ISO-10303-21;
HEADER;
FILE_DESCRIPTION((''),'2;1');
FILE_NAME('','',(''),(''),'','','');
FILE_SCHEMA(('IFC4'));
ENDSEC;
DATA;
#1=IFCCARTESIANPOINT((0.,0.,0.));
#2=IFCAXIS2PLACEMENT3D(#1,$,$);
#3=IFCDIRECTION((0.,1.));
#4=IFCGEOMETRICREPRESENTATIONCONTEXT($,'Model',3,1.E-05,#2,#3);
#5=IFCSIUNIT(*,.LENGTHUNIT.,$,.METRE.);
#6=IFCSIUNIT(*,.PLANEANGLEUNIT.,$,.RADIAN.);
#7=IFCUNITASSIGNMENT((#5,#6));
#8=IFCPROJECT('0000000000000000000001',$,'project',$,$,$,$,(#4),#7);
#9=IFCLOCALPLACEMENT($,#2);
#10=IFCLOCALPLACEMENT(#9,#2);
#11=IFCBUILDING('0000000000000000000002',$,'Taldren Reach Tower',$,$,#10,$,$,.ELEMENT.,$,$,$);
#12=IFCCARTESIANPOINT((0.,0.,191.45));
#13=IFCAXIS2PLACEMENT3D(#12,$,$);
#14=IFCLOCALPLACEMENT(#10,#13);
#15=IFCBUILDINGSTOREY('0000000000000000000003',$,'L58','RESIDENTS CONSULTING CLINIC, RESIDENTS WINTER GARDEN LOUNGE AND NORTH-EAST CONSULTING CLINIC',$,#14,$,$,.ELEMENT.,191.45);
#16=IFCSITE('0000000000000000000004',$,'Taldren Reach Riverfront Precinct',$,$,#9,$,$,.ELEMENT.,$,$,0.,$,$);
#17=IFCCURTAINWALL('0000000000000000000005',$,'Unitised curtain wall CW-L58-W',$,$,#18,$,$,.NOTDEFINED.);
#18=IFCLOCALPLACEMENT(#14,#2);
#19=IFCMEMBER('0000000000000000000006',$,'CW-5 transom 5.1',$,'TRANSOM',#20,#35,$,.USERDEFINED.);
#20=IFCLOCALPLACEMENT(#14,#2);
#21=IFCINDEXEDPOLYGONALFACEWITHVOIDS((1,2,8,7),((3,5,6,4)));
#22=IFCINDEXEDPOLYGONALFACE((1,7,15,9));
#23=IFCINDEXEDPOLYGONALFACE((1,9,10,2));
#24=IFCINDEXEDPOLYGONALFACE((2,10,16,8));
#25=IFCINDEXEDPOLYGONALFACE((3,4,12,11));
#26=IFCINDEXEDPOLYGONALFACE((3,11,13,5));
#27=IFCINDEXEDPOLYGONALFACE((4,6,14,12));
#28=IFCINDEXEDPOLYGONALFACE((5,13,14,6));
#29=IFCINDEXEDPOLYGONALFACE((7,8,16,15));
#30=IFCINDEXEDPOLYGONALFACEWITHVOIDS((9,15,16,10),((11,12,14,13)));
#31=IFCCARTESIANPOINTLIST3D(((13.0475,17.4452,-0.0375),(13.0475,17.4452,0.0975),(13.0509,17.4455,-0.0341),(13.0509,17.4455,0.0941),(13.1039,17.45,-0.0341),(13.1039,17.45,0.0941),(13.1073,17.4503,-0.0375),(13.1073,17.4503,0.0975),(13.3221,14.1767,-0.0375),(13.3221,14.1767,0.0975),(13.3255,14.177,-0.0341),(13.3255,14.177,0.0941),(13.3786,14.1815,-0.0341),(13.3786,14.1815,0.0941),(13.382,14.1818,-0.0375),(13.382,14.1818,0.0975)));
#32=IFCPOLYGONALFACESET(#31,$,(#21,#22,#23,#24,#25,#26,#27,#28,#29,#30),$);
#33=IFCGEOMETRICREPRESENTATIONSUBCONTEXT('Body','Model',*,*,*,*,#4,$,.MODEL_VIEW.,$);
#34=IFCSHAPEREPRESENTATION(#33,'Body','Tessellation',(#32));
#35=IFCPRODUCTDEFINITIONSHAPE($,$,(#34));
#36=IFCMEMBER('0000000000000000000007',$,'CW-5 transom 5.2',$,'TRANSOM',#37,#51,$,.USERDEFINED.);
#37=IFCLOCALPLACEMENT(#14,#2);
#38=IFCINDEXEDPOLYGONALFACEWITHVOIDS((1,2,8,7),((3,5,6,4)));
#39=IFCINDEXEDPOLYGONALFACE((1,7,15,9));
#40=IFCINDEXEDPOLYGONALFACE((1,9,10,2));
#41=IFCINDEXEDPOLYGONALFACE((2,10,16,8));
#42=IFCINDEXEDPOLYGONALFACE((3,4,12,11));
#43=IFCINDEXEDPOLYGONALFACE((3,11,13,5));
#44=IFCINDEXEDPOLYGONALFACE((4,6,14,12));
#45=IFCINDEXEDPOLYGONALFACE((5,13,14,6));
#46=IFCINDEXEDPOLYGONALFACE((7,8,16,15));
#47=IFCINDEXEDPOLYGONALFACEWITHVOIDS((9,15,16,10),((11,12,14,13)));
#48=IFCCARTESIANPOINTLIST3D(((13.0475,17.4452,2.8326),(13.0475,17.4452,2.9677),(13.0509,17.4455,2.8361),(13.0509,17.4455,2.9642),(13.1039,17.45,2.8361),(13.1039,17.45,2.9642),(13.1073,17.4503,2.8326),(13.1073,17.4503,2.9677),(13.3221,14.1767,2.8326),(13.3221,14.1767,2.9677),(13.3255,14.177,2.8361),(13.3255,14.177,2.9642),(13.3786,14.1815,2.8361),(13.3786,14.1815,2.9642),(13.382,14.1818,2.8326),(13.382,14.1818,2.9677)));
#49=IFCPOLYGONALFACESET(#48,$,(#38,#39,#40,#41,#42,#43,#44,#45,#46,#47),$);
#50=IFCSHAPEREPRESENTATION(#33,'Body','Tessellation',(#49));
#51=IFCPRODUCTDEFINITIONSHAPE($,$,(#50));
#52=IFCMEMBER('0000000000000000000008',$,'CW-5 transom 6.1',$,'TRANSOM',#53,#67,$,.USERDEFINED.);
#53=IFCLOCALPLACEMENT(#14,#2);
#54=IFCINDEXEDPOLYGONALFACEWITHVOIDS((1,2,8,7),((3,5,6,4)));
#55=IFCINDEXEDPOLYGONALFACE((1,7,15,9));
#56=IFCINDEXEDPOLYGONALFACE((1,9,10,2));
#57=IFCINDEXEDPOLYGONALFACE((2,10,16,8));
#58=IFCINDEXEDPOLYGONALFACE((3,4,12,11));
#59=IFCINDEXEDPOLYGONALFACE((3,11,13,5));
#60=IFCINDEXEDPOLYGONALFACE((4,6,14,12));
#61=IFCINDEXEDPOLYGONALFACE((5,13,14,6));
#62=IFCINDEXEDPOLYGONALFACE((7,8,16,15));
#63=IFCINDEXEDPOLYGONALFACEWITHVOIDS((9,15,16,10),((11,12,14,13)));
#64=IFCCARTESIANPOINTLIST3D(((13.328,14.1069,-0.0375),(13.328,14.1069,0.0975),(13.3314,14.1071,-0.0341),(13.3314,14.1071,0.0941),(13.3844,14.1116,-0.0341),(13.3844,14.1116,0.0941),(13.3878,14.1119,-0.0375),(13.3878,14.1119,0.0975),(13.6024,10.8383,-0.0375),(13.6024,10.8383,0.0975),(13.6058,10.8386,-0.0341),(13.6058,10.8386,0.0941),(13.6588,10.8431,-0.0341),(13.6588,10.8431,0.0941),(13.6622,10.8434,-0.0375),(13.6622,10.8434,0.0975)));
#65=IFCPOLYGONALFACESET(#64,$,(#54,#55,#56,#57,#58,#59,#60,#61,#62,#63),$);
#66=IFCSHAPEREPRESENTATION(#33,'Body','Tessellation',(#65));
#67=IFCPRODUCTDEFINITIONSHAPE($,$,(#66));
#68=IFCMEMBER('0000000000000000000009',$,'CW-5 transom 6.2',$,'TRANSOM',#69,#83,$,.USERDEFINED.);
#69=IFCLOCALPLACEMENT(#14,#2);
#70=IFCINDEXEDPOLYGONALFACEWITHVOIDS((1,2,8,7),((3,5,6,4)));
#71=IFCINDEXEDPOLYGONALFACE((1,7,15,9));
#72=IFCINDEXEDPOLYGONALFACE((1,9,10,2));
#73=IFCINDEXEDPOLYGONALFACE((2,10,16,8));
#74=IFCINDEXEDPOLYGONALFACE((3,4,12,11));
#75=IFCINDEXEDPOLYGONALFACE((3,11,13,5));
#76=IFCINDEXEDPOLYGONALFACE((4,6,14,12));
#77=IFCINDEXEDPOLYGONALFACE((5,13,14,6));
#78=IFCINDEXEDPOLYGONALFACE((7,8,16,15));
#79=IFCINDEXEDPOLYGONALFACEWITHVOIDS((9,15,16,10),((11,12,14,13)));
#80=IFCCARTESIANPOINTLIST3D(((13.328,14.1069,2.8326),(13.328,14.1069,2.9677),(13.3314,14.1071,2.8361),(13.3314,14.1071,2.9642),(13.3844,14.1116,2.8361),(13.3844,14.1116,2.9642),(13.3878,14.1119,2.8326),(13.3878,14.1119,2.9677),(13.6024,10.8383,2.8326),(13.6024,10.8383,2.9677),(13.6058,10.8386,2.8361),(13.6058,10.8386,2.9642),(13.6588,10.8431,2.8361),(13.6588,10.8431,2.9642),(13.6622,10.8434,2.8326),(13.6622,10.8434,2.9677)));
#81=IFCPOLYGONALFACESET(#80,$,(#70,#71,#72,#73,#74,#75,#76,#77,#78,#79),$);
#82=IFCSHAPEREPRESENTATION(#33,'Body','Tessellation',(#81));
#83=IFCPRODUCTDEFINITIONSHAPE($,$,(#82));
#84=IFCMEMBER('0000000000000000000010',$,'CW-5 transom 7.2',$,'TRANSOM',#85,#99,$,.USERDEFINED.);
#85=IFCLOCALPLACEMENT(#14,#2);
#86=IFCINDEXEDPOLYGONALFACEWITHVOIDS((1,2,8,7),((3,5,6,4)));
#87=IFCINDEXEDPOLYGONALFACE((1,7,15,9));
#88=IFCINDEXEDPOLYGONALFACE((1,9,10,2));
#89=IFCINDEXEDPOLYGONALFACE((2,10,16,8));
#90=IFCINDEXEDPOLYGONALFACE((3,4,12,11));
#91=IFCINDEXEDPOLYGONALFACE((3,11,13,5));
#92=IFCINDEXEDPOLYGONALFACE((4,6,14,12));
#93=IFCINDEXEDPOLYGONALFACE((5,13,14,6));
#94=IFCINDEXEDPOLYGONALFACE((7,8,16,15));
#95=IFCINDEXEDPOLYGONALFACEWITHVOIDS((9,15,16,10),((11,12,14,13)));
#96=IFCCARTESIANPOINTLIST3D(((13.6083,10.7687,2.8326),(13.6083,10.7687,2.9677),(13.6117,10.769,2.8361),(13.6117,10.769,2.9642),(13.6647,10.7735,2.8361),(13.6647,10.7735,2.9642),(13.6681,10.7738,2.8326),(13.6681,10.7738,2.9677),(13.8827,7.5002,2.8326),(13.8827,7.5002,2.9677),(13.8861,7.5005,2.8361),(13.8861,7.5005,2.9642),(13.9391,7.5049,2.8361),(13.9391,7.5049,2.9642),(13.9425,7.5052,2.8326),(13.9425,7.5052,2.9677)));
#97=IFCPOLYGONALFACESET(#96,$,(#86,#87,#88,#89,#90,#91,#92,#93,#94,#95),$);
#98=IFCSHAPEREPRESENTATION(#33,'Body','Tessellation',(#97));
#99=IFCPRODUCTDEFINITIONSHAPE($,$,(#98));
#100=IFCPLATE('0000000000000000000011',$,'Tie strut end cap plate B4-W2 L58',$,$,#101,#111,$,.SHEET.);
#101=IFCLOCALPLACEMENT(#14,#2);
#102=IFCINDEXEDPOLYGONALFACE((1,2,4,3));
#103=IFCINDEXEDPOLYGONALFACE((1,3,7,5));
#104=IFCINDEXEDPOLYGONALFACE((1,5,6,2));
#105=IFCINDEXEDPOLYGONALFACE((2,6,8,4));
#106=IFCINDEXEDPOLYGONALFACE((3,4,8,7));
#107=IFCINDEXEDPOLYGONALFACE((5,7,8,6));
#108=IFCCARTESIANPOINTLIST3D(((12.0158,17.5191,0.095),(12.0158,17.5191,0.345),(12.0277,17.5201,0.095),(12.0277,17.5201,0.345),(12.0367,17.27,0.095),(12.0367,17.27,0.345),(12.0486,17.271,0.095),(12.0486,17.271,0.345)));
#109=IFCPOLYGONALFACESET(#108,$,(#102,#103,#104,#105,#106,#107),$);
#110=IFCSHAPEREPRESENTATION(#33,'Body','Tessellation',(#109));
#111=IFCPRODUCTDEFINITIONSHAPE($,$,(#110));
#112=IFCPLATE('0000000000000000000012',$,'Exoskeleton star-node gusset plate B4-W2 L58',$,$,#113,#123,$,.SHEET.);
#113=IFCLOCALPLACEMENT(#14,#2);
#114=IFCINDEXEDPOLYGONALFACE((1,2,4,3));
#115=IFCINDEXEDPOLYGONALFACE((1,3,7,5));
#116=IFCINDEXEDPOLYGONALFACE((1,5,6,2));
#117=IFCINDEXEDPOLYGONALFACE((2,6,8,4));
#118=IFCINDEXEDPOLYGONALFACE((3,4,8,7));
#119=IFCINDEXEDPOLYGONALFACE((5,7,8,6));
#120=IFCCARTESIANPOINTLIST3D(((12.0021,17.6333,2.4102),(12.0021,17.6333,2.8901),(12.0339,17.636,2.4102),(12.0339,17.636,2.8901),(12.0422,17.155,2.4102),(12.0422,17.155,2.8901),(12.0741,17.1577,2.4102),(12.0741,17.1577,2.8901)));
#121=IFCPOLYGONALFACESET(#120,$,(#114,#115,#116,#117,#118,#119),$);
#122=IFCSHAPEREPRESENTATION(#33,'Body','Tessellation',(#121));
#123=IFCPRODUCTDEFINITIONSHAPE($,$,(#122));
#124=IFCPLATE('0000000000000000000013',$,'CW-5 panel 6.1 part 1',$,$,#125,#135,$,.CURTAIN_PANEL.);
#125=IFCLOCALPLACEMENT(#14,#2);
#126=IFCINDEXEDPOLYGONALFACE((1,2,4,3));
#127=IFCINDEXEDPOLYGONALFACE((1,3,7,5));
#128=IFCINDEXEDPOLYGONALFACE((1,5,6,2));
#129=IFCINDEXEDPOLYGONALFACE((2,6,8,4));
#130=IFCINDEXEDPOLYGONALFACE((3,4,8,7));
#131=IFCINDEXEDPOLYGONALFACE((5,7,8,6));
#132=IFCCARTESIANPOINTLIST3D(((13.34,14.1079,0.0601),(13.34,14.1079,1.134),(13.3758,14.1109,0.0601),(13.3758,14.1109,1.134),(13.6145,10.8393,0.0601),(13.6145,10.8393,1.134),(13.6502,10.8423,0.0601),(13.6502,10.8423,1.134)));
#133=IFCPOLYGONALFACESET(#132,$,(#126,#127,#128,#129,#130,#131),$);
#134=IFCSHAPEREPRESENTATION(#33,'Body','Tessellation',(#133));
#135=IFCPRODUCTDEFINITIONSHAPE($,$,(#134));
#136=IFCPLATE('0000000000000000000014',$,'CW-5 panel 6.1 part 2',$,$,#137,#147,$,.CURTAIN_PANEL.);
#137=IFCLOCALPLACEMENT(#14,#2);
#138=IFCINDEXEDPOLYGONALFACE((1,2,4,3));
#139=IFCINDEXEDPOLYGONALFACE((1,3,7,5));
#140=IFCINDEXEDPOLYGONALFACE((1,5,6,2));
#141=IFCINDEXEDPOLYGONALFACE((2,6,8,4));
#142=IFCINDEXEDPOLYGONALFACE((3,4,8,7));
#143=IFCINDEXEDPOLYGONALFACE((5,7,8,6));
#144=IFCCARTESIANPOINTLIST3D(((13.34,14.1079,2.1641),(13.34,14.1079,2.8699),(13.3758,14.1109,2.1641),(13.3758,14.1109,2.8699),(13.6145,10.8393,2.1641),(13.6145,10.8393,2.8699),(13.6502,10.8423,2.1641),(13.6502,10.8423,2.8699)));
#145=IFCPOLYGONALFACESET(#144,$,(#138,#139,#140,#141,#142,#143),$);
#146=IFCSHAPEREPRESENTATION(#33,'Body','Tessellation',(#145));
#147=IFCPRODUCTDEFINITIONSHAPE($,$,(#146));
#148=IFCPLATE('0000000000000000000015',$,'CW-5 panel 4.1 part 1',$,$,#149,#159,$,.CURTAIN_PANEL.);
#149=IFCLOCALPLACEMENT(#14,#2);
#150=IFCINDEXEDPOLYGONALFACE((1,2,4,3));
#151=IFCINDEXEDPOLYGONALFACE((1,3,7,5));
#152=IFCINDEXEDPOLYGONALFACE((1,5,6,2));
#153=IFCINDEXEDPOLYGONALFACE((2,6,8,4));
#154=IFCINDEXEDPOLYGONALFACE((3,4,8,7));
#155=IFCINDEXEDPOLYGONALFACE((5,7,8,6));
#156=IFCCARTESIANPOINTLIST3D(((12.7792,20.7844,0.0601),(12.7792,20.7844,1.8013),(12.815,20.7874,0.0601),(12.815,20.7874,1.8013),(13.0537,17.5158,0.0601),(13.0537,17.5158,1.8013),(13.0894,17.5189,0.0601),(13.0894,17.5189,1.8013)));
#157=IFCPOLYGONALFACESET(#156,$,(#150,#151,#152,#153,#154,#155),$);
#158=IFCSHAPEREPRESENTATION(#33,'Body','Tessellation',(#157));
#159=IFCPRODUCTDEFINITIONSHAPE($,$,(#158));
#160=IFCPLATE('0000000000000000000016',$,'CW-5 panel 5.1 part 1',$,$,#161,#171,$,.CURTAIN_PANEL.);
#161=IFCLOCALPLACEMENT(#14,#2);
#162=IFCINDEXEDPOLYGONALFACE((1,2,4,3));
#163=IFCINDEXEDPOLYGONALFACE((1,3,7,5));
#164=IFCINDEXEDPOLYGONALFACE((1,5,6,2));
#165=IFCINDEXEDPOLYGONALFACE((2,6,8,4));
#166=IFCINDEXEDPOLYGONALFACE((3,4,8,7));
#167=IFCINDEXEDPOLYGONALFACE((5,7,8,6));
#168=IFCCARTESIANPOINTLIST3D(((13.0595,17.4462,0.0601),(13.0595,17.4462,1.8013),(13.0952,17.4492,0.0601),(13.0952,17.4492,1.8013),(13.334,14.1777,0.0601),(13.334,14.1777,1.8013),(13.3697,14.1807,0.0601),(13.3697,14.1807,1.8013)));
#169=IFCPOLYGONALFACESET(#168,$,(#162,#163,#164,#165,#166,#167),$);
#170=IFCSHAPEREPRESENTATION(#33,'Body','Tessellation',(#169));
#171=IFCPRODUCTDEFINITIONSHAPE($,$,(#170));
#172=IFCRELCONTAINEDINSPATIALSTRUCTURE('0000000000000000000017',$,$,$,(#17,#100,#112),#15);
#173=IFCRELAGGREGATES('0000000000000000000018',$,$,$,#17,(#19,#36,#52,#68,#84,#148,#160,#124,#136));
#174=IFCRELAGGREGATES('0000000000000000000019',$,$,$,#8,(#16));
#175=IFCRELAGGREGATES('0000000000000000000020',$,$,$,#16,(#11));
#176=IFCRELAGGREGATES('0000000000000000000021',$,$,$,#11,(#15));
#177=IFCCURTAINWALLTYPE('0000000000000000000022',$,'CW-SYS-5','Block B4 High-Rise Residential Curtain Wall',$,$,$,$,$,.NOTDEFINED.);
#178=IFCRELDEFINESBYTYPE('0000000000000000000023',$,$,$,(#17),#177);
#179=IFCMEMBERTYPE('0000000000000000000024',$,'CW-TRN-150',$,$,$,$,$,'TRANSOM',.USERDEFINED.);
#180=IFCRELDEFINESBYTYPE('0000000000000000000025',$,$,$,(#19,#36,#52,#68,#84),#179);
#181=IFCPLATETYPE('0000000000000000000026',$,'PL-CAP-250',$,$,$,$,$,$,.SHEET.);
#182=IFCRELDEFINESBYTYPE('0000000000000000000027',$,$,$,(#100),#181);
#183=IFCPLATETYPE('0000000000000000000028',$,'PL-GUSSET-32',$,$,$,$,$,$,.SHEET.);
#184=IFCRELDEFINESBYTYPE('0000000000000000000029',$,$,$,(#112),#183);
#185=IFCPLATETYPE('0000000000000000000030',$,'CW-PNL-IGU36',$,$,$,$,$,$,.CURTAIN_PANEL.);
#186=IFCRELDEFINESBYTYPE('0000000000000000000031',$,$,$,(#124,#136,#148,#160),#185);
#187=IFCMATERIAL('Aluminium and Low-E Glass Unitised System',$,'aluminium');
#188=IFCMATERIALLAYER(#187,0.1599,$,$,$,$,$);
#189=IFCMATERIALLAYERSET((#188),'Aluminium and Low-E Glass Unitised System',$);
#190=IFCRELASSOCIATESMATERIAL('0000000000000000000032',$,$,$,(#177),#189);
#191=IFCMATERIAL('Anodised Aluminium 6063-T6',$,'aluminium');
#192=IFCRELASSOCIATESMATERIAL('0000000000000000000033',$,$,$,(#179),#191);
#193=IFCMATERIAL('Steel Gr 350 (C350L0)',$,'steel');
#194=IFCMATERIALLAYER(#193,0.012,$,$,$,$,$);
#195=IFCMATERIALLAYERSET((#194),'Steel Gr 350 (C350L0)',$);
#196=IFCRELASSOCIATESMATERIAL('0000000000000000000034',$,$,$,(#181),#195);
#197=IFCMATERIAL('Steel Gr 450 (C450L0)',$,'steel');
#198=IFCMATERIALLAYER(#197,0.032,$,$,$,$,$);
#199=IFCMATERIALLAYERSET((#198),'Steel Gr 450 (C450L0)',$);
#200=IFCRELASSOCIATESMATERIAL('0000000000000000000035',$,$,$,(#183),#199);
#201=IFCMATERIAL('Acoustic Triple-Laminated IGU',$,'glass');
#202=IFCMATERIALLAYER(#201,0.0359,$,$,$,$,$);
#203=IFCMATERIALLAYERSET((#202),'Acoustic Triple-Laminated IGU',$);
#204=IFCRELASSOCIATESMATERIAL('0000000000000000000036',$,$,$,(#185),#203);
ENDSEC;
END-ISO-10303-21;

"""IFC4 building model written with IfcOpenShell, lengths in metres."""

from ifc_helpers import new_model, si_unit, direction, frame, origin, origin_2d, place, context, subcontext, project, spatial, rectangle, hollow_rectangle, extrude, source, transform, mapped, material, layer, layer_set, material_profile, profile_set, type_object, element, aggregate, save


model = new_model("IFC4")

# Units and contexts
model_context = context("Model", 3, precision=1e-05, world=origin(), true_north=direction((0.0, 1.0)))
body_context = subcontext(model_context, "Body", "Model", "MODEL_VIEW")
ifc_project = project(units=[si_unit("LENGTHUNIT", "METRE"), si_unit("PLANEANGLEUNIT", "RADIAN")], contexts=[model_context])

# Site, building, storey
site_placement = place(None, origin())
site = spatial("IfcSite", under=ifc_project, at=site_placement, Name="Taldren Reach Riverfront Precinct", CompositionType="ELEMENT", RefElevation=0.0)
building_placement = place(site_placement, origin())
building = spatial("IfcBuilding", under=site, at=building_placement, Name="Taldren Reach Tower", CompositionType="ELEMENT")
storey_placement = place(building_placement, frame((0.0, 0.0, 191.45)))
storey = spatial("IfcBuildingStorey", under=building, at=storey_placement, Name="L58", Description="RESIDENTS CONSULTING CLINIC, RESIDENTS WINTER GARDEN LOUNGE AND NORTH-EAST CONSULTING CLINIC", CompositionType="ELEMENT", Elevation=191.45)

# Shared definitions
ifc_material_1 = material(Name="Steel Gr 450 (C450L0)", Category="steel")

# Shared definitions
ifc_material_2 = material(Name="Steel Gr 350 (C350L0)", Category="steel")

# Curtain wall, members
ifc_material_3 = material(Name="Aluminium and Low-E Glass Unitised System", Category="aluminium")
ifc_layer_1 = layer(ifc_material_3, 0.1599)
ifc_layer_set_1 = layer_set([ifc_layer_1], Name="Aluminium and Low-E Glass Unitised System")
curtain_wall_type = type_object("IfcCurtainWallType", Name="CW-SYS-5", Description="Block B4 High-Rise Residential Curtain Wall", PredefinedType="NOTDEFINED", material=ifc_layer_set_1)
curtain_wall_placement = place(storey_placement, origin())
curtain_wall = element("IfcCurtainWall", 1, at=curtain_wall_placement, inside=storey, type_object=curtain_wall_type, Name="Unitised curtain wall CW-L58-W", PredefinedType="NOTDEFINED")
ifc_material_4 = material(Name="Anodised Aluminium 6063-T6", Category="aluminium")
ifc_material_profile_1 = material_profile(ifc_material_4, hollow_rectangle(XDim=0.0601, YDim=0.135, WallThickness=0.0034, at=origin_2d()), Name="ALU-135x60x3.5RHS")
ifc_profile_set_1 = profile_set([ifc_material_profile_1], Name="Anodised Aluminium 6063-T6")
member_type_1 = type_object("IfcMemberType", Name="CW-TRN-150", ElementType="TRANSOM", PredefinedType="USERDEFINED", material=ifc_profile_set_1)
shared_shape_1 = source(origin(), body_context, "Body", "SweptSolid", [
    extrude(hollow_rectangle(XDim=0.0601, YDim=0.135, WallThickness=0.0034, at=origin_2d()), origin(), (0.0, 0.0, 1.0), 3.28),
])
member_1_placement = place(storey_placement, frame((13.0774, 17.4478, 0.03), z_axis=(0.083735, -0.996488, 0.0), x_axis=(0.996488, 0.083735, 0.0)))
member_1 = element("IfcMember", 2, at=member_1_placement, type_object=member_type_1, Name="CW-5 transom 5.1", ObjectType="TRANSOM", PredefinedType="USERDEFINED", context=body_context, shape_type="MappedRepresentation", body=[
    mapped(shared_shape_1, transform((0.0, 0.0, 0.0), scale=1.0)),
])
member_2_placement = place(storey_placement, frame((13.0774, 17.4478, 2.9001), z_axis=(0.083735, -0.996488, 0.0), x_axis=(0.996488, 0.083735, 0.0)))
member_2 = element("IfcMember", 3, at=member_2_placement, type_object=member_type_1, Name="CW-5 transom 5.2", ObjectType="TRANSOM", PredefinedType="USERDEFINED", context=body_context, shape_type="MappedRepresentation", body=[
    mapped(shared_shape_1, transform((0.0, 0.0, 0.0), scale=1.0)),
])
member_3_placement = place(storey_placement, frame((13.3579, 14.1094, 0.03), z_axis=(0.083661, -0.996494, 0.0), x_axis=(0.996494, 0.083661, 0.0)))
member_3 = element("IfcMember", 4, at=member_3_placement, type_object=member_type_1, Name="CW-5 transom 6.1", ObjectType="TRANSOM", PredefinedType="USERDEFINED", context=body_context, shape_type="MappedRepresentation", body=[
    mapped(shared_shape_1, transform((0.0, 0.0, 0.0), scale=1.0)),
])
member_4_placement = place(storey_placement, frame((13.3579, 14.1094, 2.9001), z_axis=(0.083661, -0.996494, 0.0), x_axis=(0.996494, 0.083661, 0.0)))
member_4 = element("IfcMember", 5, at=member_4_placement, type_object=member_type_1, Name="CW-5 transom 6.2", ObjectType="TRANSOM", PredefinedType="USERDEFINED", context=body_context, shape_type="MappedRepresentation", body=[
    mapped(shared_shape_1, transform((0.0, 0.0, 0.0), scale=1.0)),
])
member_5_placement = place(storey_placement, frame((13.6382, 10.7712, 2.9001), z_axis=(0.083661, -0.996494, 0.0), x_axis=(0.996494, 0.083661, 0.0)))
member_5 = element("IfcMember", 6, at=member_5_placement, type_object=member_type_1, Name="CW-5 transom 7.2", ObjectType="TRANSOM", PredefinedType="USERDEFINED", context=body_context, shape_type="MappedRepresentation", body=[
    mapped(shared_shape_1, transform((0.0, 0.0, 0.0), scale=1.0)),
])

# Plates
ifc_layer_2 = layer(ifc_material_2, 0.012)
ifc_layer_set_2 = layer_set([ifc_layer_2], Name="Steel Gr 350 (C350L0)")
plate_type_1 = type_object("IfcPlateType", Name="PL-CAP-250", PredefinedType="SHEET", material=ifc_layer_set_2)
shared_shape_2 = source(origin(), body_context, "Body", "SweptSolid", [
    extrude(rectangle(XDim=0.012, YDim=0.25, at=origin_2d()), origin(), (0.0, 0.0, 1.0), 0.25),
])
plate_1_placement = place(storey_placement, frame((12.0322, 17.395, 0.095), z_axis=(0.0, 0.0, 1.0), x_axis=(0.996493, 0.083678, 0.0)))
element("IfcPlate", 7, at=plate_1_placement, inside=storey, type_object=plate_type_1, Name="Tie strut end cap plate B4-W2 L58", PredefinedType="SHEET", context=body_context, shape_type="MappedRepresentation", body=[
    mapped(shared_shape_2, transform((0.0, 0.0, 0.0), scale=1.0)),
])
ifc_layer_3 = layer(ifc_material_1, 0.032)
ifc_layer_set_3 = layer_set([ifc_layer_3], Name="Steel Gr 450 (C450L0)")
plate_type_2 = type_object("IfcPlateType", Name="PL-GUSSET-32", PredefinedType="SHEET", material=ifc_layer_set_3)
shared_shape_3 = source(origin(), body_context, "Body", "SweptSolid", [
    extrude(rectangle(XDim=0.48, YDim=0.032, at=origin_2d()), origin(), (0.0, 0.0, 1.0), 0.48),
])
plate_2_placement = place(storey_placement, frame((12.0381, 17.3955, 2.4102), z_axis=(0.0, 0.0, 1.0), x_axis=(-0.083678, 0.996493, 0.0)))
element("IfcPlate", 8, at=plate_2_placement, inside=storey, type_object=plate_type_2, Name="Exoskeleton star-node gusset plate B4-W2 L58", PredefinedType="SHEET", context=body_context, shape_type="MappedRepresentation", body=[
    mapped(shared_shape_3, transform((0.0, 0.0, 0.0), scale=1.0)),
])

# Plates
ifc_material_5 = material(Name="Acoustic Triple-Laminated IGU", Category="glass")
ifc_layer_4 = layer(ifc_material_5, 0.0359)
ifc_layer_set_4 = layer_set([ifc_layer_4], Name="Acoustic Triple-Laminated IGU")
plate_type_3 = type_object("IfcPlateType", Name="CW-PNL-IGU36", PredefinedType="CURTAIN_PANEL", material=ifc_layer_set_4)
shared_shape_4 = source(origin(), body_context, "Body", "SweptSolid", [
    extrude(rectangle(XDim=3.28, YDim=0.0359, at=origin_2d()), origin(), (0.0, 0.0, 1.0), 1.074),
])
plate_3_placement = place(storey_placement, frame((13.4951, 12.4751, 0.0601), z_axis=(0.0, 0.0, 1.0), x_axis=(0.083678, -0.996493, 0.0)))
plate_3 = element("IfcPlate", 9, at=plate_3_placement, type_object=plate_type_3, Name="CW-5 panel 6.1 part 1", PredefinedType="CURTAIN_PANEL", context=body_context, shape_type="MappedRepresentation", body=[
    mapped(shared_shape_4, transform((0.0, 0.0, 0.0), scale=1.0)),
])
shared_shape_5 = source(origin(), body_context, "Body", "SweptSolid", [
    extrude(rectangle(XDim=3.28, YDim=0.0359, at=origin_2d()), origin(), (0.0, 0.0, 1.0), 0.7058),
])
plate_4_placement = place(storey_placement, frame((13.4951, 12.4751, 2.1641), z_axis=(0.0, 0.0, 1.0), x_axis=(0.083678, -0.996493, 0.0)))
plate_4 = element("IfcPlate", 10, at=plate_4_placement, type_object=plate_type_3, Name="CW-5 panel 6.1 part 2", PredefinedType="CURTAIN_PANEL", context=body_context, shape_type="MappedRepresentation", body=[
    mapped(shared_shape_5, transform((0.0, 0.0, 0.0), scale=1.0)),
])
shared_shape_6 = source(origin(), body_context, "Body", "SweptSolid", [
    extrude(rectangle(XDim=3.28, YDim=0.0359, at=origin_2d()), origin(), (0.0, 0.0, 1.0), 1.7412),
])
plate_5_placement = place(storey_placement, frame((12.9343, 19.1516, 0.0601), z_axis=(0.0, 0.0, 1.0), x_axis=(0.083678, -0.996493, 0.0)))
plate_5 = element("IfcPlate", 11, at=plate_5_placement, type_object=plate_type_3, Name="CW-5 panel 4.1 part 1", PredefinedType="CURTAIN_PANEL", context=body_context, shape_type="MappedRepresentation", body=[
    mapped(shared_shape_6, transform((0.0, 0.0, 0.0), scale=1.0)),
])
plate_6_placement = place(storey_placement, frame((13.2146, 15.8135, 0.0601), z_axis=(0.0, 0.0, 1.0), x_axis=(0.083678, -0.996493, 0.0)))
plate_6 = element("IfcPlate", 12, at=plate_6_placement, type_object=plate_type_3, Name="CW-5 panel 5.1 part 1", PredefinedType="CURTAIN_PANEL", context=body_context, shape_type="MappedRepresentation", body=[
    mapped(shared_shape_6, transform((0.0, 0.0, 0.0), scale=1.0)),
])
aggregate(curtain_wall, [member_1, member_2, member_3, member_4, member_5, plate_5, plate_6, plate_3, plate_4])

save(model, "model.ifc")
